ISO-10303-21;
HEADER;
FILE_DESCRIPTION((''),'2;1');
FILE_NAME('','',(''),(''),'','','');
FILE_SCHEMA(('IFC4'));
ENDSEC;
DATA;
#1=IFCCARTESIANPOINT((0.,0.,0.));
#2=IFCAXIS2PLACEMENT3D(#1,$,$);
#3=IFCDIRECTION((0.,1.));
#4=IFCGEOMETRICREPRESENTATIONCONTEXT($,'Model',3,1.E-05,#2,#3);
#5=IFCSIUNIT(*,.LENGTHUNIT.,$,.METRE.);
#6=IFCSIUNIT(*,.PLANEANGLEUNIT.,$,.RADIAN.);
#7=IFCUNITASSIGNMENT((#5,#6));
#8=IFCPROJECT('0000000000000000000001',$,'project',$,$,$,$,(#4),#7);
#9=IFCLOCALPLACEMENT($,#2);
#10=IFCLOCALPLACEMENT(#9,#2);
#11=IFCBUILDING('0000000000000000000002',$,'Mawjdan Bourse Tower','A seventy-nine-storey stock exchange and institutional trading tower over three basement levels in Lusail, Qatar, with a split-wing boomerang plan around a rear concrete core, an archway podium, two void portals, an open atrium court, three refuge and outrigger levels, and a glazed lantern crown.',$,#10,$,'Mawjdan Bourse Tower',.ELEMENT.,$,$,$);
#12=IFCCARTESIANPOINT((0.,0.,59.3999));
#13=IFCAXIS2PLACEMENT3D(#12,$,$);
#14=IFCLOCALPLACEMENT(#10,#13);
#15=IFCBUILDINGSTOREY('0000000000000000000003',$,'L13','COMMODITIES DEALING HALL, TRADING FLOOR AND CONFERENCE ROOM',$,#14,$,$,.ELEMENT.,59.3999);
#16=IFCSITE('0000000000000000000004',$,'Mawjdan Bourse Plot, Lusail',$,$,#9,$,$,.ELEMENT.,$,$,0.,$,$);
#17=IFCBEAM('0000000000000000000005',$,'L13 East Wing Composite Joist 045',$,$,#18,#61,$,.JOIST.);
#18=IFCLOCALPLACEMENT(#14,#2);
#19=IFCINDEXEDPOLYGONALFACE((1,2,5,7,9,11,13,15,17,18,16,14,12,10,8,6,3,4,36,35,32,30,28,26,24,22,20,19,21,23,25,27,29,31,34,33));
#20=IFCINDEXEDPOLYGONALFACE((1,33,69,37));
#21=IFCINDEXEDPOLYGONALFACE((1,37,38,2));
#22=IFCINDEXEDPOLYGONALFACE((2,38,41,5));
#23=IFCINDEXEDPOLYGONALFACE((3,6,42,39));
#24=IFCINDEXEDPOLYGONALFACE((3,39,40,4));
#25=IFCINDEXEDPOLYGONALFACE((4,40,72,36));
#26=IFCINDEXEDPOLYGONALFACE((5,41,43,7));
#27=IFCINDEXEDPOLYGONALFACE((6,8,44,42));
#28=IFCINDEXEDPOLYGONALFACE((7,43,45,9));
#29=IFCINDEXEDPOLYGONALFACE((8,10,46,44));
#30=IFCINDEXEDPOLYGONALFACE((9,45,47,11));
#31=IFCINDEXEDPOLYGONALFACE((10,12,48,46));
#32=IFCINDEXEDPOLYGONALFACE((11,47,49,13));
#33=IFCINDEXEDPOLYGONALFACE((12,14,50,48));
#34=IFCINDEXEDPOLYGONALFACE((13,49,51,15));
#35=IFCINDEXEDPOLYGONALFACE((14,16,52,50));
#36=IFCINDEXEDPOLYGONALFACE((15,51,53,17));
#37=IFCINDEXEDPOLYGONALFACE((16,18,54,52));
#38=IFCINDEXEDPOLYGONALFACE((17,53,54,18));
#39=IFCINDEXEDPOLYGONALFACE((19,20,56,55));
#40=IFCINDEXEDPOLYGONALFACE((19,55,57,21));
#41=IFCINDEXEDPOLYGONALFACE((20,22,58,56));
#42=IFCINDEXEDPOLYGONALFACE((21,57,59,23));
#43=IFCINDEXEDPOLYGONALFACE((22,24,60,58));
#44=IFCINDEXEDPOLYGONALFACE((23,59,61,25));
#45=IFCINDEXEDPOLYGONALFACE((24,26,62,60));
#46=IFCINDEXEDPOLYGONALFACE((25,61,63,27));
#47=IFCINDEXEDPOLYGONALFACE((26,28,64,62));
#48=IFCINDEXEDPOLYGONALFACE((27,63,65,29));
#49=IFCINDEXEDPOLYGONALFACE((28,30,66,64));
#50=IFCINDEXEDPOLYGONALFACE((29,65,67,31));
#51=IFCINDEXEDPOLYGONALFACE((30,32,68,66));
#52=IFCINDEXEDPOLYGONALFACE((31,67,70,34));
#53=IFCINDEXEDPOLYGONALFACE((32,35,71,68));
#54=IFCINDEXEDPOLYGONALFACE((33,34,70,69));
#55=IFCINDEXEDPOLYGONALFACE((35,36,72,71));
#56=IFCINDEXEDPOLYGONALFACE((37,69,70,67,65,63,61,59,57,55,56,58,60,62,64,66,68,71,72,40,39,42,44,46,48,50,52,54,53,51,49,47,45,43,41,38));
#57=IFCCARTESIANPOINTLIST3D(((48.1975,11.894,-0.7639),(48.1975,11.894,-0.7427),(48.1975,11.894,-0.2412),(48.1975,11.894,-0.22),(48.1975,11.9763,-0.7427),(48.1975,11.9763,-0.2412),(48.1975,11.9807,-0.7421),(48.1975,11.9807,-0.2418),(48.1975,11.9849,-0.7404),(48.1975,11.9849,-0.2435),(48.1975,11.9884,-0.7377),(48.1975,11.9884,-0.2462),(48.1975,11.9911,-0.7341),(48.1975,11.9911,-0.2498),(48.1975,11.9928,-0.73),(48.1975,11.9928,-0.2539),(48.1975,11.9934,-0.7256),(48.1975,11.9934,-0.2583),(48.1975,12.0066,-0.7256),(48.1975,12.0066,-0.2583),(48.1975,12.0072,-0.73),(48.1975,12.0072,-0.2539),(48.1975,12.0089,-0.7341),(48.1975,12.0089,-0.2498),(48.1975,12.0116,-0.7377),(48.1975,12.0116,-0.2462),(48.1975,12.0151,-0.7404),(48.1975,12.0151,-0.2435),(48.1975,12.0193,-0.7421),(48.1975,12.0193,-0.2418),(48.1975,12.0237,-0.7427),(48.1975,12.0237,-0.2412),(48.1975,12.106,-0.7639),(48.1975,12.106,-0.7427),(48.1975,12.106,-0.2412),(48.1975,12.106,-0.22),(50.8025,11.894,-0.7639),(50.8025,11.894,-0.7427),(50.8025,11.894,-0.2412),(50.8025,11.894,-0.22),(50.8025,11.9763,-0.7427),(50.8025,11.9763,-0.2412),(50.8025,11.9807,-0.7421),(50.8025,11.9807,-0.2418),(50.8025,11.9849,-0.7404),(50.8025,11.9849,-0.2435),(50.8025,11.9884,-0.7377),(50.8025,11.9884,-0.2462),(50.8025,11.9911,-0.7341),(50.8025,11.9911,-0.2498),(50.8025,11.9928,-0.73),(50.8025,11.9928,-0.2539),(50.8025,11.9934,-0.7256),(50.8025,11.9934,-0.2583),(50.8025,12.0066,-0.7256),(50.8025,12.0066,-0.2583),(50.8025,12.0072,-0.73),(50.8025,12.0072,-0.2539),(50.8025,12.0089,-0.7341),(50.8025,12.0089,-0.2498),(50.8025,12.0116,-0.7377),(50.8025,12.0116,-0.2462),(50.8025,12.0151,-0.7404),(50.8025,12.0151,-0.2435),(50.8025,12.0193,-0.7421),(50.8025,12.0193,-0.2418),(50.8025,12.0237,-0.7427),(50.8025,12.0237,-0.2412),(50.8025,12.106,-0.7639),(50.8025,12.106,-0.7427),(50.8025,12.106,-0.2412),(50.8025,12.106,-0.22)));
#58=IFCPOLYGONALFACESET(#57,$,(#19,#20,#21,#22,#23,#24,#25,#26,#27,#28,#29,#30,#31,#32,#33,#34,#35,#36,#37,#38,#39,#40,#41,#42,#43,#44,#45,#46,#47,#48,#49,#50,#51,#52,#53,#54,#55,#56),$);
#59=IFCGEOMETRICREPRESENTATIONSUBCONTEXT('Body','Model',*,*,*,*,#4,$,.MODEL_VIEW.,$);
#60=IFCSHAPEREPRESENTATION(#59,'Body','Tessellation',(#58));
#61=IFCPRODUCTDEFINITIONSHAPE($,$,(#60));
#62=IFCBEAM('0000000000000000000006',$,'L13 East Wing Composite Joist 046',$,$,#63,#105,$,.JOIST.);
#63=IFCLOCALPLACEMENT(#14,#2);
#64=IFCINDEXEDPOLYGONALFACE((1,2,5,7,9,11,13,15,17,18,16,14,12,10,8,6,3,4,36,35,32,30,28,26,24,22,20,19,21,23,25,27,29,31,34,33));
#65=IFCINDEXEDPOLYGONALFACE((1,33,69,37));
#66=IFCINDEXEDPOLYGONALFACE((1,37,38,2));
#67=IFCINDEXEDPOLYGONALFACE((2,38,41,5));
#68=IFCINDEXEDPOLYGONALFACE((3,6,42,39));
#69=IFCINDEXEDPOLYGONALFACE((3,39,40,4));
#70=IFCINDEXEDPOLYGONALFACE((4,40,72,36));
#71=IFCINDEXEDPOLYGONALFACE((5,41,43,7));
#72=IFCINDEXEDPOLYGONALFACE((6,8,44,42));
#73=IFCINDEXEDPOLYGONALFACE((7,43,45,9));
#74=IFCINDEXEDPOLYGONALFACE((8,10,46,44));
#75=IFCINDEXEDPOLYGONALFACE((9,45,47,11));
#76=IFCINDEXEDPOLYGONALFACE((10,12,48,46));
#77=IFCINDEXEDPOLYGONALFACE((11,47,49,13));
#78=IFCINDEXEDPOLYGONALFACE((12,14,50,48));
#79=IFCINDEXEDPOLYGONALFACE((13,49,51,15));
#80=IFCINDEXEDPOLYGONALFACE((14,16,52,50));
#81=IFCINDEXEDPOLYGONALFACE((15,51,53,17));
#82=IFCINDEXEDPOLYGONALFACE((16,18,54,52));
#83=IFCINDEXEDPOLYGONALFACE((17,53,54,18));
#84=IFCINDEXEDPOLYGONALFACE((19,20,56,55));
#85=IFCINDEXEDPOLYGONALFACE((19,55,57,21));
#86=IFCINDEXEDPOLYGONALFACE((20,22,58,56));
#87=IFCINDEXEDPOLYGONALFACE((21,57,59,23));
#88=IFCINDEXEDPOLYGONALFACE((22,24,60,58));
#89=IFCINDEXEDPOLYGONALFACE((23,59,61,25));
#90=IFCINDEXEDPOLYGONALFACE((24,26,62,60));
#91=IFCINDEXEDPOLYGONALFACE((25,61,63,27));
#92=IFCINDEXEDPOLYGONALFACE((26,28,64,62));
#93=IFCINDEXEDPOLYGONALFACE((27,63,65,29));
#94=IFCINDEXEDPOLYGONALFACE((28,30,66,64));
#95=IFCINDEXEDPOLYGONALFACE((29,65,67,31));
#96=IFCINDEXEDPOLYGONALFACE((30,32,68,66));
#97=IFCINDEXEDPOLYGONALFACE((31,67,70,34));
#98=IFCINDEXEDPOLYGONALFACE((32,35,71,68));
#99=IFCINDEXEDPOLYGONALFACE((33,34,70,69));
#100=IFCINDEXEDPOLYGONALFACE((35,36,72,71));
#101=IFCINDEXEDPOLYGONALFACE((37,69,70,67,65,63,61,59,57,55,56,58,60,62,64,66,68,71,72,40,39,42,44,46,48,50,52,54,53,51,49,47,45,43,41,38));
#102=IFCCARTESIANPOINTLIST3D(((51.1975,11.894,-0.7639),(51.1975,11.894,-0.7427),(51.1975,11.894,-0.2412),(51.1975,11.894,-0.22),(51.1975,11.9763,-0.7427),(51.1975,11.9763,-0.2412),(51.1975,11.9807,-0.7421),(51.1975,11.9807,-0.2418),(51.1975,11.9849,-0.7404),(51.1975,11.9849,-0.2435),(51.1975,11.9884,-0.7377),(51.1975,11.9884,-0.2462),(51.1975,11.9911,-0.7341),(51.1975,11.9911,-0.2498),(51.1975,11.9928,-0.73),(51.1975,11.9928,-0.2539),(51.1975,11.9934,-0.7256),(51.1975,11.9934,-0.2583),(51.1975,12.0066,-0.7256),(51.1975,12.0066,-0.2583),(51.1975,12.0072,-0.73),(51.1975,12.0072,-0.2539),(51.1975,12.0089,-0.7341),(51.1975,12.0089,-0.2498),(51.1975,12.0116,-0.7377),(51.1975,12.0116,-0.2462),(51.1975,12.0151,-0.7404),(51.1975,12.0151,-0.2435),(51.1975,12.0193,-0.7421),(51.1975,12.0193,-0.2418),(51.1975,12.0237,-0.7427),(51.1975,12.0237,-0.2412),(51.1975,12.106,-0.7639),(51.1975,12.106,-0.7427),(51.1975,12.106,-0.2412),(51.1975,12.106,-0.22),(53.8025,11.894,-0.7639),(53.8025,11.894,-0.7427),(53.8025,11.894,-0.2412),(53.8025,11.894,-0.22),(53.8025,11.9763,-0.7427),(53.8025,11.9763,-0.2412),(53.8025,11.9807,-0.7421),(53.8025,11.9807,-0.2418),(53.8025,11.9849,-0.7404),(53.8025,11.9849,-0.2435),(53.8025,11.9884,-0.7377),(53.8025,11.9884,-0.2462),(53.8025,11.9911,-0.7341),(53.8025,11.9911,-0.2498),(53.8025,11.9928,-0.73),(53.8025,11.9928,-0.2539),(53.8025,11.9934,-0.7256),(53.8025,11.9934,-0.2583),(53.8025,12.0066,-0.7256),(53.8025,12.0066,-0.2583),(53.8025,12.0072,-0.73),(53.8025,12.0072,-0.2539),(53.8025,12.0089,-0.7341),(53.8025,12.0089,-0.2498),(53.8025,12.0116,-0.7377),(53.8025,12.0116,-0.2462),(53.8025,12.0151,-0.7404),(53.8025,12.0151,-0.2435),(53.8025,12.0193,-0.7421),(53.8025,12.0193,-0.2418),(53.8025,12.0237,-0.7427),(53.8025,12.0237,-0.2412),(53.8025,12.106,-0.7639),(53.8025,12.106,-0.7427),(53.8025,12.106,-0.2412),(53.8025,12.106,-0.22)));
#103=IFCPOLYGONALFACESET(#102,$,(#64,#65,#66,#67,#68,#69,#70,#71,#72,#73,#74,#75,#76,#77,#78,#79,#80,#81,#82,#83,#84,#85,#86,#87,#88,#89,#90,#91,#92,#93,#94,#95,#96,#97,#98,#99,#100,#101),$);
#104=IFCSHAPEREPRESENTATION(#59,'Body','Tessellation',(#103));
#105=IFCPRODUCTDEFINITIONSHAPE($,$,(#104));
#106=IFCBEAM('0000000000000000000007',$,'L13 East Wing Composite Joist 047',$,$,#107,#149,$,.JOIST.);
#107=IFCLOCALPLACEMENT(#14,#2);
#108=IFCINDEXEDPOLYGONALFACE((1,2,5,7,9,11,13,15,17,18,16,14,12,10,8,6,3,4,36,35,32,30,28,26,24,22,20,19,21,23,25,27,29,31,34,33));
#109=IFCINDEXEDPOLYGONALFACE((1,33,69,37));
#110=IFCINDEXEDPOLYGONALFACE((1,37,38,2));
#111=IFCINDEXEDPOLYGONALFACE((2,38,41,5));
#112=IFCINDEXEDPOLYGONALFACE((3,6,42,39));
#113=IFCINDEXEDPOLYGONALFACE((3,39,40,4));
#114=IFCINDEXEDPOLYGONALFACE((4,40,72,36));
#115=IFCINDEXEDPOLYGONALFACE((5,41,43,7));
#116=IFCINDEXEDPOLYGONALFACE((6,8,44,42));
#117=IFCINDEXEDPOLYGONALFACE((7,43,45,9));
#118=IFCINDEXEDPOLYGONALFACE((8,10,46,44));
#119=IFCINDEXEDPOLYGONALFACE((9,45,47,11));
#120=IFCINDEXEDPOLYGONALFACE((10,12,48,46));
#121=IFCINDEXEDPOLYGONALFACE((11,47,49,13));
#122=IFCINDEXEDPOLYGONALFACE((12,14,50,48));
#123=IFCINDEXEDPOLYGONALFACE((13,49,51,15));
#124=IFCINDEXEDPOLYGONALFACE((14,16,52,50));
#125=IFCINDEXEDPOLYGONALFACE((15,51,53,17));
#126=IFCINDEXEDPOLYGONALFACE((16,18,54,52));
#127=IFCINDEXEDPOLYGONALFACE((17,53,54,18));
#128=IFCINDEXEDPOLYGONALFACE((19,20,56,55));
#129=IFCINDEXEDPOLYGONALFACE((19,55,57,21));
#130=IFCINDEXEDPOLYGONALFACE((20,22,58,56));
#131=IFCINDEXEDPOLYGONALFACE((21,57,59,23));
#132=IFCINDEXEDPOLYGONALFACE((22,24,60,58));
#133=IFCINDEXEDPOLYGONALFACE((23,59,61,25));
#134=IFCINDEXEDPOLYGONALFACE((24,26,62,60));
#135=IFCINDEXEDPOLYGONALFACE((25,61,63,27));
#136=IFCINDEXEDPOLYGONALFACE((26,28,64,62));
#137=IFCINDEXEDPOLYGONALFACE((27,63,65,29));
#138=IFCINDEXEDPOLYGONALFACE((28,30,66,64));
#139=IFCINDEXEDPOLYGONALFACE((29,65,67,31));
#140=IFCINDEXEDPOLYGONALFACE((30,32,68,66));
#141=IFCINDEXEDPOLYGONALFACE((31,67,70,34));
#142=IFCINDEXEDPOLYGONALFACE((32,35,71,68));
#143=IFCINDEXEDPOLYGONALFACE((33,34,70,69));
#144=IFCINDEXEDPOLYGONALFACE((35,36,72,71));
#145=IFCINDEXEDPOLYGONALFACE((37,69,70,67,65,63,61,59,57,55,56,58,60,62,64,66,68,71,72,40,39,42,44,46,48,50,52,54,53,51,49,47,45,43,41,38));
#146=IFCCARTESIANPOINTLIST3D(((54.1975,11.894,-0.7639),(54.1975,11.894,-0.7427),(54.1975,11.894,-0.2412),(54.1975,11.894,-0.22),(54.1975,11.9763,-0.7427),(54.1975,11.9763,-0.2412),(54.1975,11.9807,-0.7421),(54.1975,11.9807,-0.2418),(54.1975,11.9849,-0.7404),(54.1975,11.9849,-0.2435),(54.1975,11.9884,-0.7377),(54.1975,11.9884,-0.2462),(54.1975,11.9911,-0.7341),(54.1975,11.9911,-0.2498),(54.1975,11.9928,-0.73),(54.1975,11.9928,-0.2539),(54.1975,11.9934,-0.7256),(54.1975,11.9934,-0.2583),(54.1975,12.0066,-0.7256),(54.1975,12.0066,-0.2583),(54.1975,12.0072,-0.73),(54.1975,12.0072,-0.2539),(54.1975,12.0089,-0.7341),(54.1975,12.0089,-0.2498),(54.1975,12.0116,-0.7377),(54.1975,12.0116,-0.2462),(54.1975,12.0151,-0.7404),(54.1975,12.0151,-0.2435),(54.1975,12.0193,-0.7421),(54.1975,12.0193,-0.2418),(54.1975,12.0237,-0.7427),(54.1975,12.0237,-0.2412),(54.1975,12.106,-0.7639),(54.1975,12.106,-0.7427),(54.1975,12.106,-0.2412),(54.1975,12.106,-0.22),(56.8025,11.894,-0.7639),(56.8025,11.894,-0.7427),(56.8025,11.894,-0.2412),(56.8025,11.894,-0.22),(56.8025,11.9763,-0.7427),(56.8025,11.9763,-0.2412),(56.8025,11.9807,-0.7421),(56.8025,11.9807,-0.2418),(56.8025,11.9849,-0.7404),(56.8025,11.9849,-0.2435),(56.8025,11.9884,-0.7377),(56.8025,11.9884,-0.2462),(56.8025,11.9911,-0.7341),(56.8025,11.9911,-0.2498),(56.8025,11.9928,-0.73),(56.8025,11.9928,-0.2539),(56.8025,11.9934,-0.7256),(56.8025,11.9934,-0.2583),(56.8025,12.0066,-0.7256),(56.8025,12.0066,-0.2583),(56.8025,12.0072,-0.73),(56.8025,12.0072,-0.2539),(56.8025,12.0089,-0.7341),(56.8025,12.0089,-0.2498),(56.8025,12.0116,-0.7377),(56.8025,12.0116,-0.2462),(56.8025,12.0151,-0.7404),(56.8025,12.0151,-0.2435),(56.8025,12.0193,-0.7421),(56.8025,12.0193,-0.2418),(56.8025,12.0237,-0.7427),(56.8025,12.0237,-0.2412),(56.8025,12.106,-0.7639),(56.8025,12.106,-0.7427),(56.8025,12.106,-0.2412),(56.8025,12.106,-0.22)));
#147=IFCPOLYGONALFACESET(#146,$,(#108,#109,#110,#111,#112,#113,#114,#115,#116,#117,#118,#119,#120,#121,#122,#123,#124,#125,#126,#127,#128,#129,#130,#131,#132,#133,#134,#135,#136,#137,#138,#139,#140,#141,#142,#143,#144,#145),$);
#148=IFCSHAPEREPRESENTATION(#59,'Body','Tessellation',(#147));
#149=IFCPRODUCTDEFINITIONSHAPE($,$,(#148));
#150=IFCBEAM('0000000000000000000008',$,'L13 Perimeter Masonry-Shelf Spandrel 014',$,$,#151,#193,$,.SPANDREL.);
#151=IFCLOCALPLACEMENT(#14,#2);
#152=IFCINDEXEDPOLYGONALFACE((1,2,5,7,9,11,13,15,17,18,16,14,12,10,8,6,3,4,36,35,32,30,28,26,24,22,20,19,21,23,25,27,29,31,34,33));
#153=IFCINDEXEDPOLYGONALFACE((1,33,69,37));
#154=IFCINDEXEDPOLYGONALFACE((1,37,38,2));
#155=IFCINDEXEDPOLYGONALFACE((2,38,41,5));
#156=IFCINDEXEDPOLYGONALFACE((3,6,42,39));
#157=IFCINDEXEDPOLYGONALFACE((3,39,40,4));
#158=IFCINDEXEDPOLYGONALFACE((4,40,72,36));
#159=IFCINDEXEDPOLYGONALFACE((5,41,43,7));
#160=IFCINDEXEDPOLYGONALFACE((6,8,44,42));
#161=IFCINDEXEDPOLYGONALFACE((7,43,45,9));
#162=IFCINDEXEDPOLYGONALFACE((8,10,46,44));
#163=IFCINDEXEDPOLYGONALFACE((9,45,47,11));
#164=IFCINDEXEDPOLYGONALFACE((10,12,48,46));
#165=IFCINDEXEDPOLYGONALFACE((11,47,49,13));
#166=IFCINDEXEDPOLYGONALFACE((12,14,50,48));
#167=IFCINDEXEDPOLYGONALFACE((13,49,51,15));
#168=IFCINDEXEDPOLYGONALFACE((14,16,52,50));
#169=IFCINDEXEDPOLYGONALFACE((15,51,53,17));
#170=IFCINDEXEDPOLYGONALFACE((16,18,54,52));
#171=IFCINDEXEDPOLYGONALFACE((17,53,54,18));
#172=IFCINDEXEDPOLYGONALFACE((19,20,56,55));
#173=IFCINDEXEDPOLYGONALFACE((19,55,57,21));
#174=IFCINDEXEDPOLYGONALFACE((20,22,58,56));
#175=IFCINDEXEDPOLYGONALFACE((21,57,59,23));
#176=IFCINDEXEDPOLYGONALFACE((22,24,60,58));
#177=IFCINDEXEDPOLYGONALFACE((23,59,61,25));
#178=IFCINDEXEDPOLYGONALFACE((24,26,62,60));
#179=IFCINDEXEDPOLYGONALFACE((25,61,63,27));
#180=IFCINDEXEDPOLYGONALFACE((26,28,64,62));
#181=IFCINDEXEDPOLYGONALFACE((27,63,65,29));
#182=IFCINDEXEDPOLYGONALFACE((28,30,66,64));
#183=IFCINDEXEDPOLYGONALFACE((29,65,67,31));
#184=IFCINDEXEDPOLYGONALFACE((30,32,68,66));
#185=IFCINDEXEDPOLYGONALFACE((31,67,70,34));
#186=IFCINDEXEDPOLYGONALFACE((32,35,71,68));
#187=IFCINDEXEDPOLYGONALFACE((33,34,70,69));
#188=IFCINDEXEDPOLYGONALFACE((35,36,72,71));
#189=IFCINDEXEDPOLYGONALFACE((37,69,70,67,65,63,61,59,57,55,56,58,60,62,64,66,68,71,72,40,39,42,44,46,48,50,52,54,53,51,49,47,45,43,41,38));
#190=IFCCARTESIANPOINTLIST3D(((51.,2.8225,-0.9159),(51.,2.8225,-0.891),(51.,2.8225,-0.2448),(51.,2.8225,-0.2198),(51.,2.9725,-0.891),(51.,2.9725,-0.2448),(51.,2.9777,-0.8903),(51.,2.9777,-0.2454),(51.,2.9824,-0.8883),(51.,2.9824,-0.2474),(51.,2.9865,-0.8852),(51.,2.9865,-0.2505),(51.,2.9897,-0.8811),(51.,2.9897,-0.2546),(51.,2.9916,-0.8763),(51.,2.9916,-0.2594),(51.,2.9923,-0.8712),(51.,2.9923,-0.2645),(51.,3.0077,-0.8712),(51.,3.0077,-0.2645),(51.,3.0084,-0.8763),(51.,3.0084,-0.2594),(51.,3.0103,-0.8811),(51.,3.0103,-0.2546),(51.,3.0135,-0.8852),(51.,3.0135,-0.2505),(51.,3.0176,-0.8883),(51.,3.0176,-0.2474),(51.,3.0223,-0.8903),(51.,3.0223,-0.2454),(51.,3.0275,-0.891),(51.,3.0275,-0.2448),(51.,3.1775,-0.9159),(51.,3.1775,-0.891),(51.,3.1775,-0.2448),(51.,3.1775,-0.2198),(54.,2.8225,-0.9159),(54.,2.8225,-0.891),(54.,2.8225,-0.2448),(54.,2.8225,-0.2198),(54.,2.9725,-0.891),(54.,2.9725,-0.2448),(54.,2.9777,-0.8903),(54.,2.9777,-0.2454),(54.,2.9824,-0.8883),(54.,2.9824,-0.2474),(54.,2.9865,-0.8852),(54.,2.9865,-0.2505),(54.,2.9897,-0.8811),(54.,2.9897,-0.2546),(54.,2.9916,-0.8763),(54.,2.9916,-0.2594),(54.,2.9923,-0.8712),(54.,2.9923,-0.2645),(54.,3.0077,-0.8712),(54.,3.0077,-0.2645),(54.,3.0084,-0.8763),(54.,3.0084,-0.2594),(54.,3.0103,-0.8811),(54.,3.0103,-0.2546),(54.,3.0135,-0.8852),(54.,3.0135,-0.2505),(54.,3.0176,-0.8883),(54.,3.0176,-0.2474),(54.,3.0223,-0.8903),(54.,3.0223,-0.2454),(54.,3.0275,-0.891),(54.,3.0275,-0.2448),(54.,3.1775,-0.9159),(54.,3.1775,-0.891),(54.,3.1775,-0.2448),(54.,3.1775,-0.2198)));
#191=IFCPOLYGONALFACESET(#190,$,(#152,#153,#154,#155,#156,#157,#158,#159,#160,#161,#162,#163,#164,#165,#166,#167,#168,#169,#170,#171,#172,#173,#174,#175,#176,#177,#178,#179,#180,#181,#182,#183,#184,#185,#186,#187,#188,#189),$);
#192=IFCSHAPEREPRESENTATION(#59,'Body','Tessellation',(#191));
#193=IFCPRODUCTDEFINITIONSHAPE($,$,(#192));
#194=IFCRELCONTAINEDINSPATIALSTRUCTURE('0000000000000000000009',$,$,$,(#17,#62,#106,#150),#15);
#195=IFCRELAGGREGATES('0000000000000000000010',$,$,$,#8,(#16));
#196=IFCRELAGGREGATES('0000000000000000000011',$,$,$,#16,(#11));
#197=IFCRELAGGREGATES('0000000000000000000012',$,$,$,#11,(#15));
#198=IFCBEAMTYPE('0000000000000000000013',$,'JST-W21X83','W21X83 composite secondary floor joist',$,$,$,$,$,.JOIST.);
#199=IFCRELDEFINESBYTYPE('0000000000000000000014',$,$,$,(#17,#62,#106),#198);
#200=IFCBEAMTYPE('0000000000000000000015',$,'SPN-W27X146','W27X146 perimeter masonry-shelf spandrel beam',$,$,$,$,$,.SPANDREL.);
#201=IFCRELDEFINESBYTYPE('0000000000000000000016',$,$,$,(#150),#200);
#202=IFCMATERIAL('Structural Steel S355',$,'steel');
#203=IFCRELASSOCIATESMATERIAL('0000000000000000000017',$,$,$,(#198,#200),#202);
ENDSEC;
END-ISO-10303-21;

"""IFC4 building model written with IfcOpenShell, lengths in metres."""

from ifc_helpers import new_model, si_unit, direction, frame, origin, origin_2d, place, context, subcontext, project, spatial, i_section, extrude, material, material_profile, profile_set, type_object, element, save


model = new_model("IFC4")

# Units and contexts
model_context = context("Model", 3, precision=1e-05, world=origin(), true_north=direction((0.0, 1.0)))
body_context = subcontext(model_context, "Body", "Model", "MODEL_VIEW")
ifc_project = project(units=[si_unit("LENGTHUNIT", "METRE"), si_unit("PLANEANGLEUNIT", "RADIAN")], contexts=[model_context])

# Site, building, storey
site_placement = place(None, origin())
site = spatial("IfcSite", under=ifc_project, at=site_placement, Name="Mawjdan Bourse Plot, Lusail", CompositionType="ELEMENT", RefElevation=0.0)
building_placement = place(site_placement, origin())
building = spatial("IfcBuilding", under=site, at=building_placement, Name="Mawjdan Bourse Tower", Description="A seventy-nine-storey stock exchange and institutional trading tower over three basement levels in Lusail, Qatar, with a split-wing boomerang plan around a rear concrete core, an archway podium, two void portals, an open atrium court, three refuge and outrigger levels, and a glazed lantern crown.", LongName="Mawjdan Bourse Tower", CompositionType="ELEMENT")
storey_placement = place(building_placement, frame((0.0, 0.0, 59.3999)))
storey = spatial("IfcBuildingStorey", under=building, at=storey_placement, Name="L13", Description="COMMODITIES DEALING HALL, TRADING FLOOR AND CONFERENCE ROOM", CompositionType="ELEMENT", Elevation=59.3999)

# Beams
ifc_material_1 = material(Name="Structural Steel S355", Category="steel")
ifc_material_profile_1 = material_profile(ifc_material_1, i_section(OverallWidth=0.2119, OverallDepth=0.5439, WebThickness=0.0132, FlangeThickness=0.0212, FilletRadius=0.0171, at=origin_2d()), Name="W21X83")
ifc_profile_set_1 = profile_set([ifc_material_profile_1], Name="Structural Steel S355")
beam_type_1 = type_object("IfcBeamType", Name="JST-W21X83", Description="W21X83 composite secondary floor joist", PredefinedType="JOIST", material=ifc_profile_set_1)
for number, where, z_axis, x_axis, name in (
    (1, (48.1975, 12.0, -0.4919), (1.0, 0.0, 0.0), (0.0, 1.0, 0.0), "L13 East Wing Composite Joist 045"),
    (2, (51.1975, 12.0, -0.4919), (1.0, 0.0, 0.0), (0.0, 1.0, 0.0), "L13 East Wing Composite Joist 046"),
    (3, (54.1975, 12.0, -0.4919), (1.0, 0.0, 0.0), (0.0, 1.0, 0.0), "L13 East Wing Composite Joist 047"),
):
    element("IfcBeam", number, at=place(storey_placement, frame(where, z_axis=z_axis, x_axis=x_axis)), inside=storey, type_object=beam_type_1, Name=name, PredefinedType="JOIST", context=body_context, shape_type="SweptSolid", body=[
        extrude(i_section(OverallWidth=0.2119, OverallDepth=0.5439, WebThickness=0.0132, FlangeThickness=0.0212, FilletRadius=0.0171, at=origin_2d()), origin(), (0.0, 0.0, 1.0), 2.605),
    ])
ifc_material_profile_2 = material_profile(ifc_material_1, i_section(OverallWidth=0.355, OverallDepth=0.696, WebThickness=0.0154, FlangeThickness=0.0249, FilletRadius=0.0198, at=origin_2d()), Name="W27X146")
ifc_profile_set_2 = profile_set([ifc_material_profile_2], Name="Structural Steel S355")
beam_type_2 = type_object("IfcBeamType", Name="SPN-W27X146", Description="W27X146 perimeter masonry-shelf spandrel beam", PredefinedType="SPANDREL", material=ifc_profile_set_2)
for number, where, z_axis, x_axis, name in (
    (4, (51.0, 3.0, -0.5679), (1.0, 0.0, 0.0), (0.0, 1.0, 0.0), "L13 Perimeter Masonry-Shelf Spandrel 014"),
):
    element("IfcBeam", number, at=place(storey_placement, frame(where, z_axis=z_axis, x_axis=x_axis)), inside=storey, type_object=beam_type_2, Name=name, PredefinedType="SPANDREL", context=body_context, shape_type="SweptSolid", body=[
        extrude(i_section(OverallWidth=0.355, OverallDepth=0.696, WebThickness=0.0154, FlangeThickness=0.0249, FilletRadius=0.0198, at=origin_2d()), origin(), (0.0, 0.0, 1.0), 3.0),
    ])

save(model, "model.ifc")
